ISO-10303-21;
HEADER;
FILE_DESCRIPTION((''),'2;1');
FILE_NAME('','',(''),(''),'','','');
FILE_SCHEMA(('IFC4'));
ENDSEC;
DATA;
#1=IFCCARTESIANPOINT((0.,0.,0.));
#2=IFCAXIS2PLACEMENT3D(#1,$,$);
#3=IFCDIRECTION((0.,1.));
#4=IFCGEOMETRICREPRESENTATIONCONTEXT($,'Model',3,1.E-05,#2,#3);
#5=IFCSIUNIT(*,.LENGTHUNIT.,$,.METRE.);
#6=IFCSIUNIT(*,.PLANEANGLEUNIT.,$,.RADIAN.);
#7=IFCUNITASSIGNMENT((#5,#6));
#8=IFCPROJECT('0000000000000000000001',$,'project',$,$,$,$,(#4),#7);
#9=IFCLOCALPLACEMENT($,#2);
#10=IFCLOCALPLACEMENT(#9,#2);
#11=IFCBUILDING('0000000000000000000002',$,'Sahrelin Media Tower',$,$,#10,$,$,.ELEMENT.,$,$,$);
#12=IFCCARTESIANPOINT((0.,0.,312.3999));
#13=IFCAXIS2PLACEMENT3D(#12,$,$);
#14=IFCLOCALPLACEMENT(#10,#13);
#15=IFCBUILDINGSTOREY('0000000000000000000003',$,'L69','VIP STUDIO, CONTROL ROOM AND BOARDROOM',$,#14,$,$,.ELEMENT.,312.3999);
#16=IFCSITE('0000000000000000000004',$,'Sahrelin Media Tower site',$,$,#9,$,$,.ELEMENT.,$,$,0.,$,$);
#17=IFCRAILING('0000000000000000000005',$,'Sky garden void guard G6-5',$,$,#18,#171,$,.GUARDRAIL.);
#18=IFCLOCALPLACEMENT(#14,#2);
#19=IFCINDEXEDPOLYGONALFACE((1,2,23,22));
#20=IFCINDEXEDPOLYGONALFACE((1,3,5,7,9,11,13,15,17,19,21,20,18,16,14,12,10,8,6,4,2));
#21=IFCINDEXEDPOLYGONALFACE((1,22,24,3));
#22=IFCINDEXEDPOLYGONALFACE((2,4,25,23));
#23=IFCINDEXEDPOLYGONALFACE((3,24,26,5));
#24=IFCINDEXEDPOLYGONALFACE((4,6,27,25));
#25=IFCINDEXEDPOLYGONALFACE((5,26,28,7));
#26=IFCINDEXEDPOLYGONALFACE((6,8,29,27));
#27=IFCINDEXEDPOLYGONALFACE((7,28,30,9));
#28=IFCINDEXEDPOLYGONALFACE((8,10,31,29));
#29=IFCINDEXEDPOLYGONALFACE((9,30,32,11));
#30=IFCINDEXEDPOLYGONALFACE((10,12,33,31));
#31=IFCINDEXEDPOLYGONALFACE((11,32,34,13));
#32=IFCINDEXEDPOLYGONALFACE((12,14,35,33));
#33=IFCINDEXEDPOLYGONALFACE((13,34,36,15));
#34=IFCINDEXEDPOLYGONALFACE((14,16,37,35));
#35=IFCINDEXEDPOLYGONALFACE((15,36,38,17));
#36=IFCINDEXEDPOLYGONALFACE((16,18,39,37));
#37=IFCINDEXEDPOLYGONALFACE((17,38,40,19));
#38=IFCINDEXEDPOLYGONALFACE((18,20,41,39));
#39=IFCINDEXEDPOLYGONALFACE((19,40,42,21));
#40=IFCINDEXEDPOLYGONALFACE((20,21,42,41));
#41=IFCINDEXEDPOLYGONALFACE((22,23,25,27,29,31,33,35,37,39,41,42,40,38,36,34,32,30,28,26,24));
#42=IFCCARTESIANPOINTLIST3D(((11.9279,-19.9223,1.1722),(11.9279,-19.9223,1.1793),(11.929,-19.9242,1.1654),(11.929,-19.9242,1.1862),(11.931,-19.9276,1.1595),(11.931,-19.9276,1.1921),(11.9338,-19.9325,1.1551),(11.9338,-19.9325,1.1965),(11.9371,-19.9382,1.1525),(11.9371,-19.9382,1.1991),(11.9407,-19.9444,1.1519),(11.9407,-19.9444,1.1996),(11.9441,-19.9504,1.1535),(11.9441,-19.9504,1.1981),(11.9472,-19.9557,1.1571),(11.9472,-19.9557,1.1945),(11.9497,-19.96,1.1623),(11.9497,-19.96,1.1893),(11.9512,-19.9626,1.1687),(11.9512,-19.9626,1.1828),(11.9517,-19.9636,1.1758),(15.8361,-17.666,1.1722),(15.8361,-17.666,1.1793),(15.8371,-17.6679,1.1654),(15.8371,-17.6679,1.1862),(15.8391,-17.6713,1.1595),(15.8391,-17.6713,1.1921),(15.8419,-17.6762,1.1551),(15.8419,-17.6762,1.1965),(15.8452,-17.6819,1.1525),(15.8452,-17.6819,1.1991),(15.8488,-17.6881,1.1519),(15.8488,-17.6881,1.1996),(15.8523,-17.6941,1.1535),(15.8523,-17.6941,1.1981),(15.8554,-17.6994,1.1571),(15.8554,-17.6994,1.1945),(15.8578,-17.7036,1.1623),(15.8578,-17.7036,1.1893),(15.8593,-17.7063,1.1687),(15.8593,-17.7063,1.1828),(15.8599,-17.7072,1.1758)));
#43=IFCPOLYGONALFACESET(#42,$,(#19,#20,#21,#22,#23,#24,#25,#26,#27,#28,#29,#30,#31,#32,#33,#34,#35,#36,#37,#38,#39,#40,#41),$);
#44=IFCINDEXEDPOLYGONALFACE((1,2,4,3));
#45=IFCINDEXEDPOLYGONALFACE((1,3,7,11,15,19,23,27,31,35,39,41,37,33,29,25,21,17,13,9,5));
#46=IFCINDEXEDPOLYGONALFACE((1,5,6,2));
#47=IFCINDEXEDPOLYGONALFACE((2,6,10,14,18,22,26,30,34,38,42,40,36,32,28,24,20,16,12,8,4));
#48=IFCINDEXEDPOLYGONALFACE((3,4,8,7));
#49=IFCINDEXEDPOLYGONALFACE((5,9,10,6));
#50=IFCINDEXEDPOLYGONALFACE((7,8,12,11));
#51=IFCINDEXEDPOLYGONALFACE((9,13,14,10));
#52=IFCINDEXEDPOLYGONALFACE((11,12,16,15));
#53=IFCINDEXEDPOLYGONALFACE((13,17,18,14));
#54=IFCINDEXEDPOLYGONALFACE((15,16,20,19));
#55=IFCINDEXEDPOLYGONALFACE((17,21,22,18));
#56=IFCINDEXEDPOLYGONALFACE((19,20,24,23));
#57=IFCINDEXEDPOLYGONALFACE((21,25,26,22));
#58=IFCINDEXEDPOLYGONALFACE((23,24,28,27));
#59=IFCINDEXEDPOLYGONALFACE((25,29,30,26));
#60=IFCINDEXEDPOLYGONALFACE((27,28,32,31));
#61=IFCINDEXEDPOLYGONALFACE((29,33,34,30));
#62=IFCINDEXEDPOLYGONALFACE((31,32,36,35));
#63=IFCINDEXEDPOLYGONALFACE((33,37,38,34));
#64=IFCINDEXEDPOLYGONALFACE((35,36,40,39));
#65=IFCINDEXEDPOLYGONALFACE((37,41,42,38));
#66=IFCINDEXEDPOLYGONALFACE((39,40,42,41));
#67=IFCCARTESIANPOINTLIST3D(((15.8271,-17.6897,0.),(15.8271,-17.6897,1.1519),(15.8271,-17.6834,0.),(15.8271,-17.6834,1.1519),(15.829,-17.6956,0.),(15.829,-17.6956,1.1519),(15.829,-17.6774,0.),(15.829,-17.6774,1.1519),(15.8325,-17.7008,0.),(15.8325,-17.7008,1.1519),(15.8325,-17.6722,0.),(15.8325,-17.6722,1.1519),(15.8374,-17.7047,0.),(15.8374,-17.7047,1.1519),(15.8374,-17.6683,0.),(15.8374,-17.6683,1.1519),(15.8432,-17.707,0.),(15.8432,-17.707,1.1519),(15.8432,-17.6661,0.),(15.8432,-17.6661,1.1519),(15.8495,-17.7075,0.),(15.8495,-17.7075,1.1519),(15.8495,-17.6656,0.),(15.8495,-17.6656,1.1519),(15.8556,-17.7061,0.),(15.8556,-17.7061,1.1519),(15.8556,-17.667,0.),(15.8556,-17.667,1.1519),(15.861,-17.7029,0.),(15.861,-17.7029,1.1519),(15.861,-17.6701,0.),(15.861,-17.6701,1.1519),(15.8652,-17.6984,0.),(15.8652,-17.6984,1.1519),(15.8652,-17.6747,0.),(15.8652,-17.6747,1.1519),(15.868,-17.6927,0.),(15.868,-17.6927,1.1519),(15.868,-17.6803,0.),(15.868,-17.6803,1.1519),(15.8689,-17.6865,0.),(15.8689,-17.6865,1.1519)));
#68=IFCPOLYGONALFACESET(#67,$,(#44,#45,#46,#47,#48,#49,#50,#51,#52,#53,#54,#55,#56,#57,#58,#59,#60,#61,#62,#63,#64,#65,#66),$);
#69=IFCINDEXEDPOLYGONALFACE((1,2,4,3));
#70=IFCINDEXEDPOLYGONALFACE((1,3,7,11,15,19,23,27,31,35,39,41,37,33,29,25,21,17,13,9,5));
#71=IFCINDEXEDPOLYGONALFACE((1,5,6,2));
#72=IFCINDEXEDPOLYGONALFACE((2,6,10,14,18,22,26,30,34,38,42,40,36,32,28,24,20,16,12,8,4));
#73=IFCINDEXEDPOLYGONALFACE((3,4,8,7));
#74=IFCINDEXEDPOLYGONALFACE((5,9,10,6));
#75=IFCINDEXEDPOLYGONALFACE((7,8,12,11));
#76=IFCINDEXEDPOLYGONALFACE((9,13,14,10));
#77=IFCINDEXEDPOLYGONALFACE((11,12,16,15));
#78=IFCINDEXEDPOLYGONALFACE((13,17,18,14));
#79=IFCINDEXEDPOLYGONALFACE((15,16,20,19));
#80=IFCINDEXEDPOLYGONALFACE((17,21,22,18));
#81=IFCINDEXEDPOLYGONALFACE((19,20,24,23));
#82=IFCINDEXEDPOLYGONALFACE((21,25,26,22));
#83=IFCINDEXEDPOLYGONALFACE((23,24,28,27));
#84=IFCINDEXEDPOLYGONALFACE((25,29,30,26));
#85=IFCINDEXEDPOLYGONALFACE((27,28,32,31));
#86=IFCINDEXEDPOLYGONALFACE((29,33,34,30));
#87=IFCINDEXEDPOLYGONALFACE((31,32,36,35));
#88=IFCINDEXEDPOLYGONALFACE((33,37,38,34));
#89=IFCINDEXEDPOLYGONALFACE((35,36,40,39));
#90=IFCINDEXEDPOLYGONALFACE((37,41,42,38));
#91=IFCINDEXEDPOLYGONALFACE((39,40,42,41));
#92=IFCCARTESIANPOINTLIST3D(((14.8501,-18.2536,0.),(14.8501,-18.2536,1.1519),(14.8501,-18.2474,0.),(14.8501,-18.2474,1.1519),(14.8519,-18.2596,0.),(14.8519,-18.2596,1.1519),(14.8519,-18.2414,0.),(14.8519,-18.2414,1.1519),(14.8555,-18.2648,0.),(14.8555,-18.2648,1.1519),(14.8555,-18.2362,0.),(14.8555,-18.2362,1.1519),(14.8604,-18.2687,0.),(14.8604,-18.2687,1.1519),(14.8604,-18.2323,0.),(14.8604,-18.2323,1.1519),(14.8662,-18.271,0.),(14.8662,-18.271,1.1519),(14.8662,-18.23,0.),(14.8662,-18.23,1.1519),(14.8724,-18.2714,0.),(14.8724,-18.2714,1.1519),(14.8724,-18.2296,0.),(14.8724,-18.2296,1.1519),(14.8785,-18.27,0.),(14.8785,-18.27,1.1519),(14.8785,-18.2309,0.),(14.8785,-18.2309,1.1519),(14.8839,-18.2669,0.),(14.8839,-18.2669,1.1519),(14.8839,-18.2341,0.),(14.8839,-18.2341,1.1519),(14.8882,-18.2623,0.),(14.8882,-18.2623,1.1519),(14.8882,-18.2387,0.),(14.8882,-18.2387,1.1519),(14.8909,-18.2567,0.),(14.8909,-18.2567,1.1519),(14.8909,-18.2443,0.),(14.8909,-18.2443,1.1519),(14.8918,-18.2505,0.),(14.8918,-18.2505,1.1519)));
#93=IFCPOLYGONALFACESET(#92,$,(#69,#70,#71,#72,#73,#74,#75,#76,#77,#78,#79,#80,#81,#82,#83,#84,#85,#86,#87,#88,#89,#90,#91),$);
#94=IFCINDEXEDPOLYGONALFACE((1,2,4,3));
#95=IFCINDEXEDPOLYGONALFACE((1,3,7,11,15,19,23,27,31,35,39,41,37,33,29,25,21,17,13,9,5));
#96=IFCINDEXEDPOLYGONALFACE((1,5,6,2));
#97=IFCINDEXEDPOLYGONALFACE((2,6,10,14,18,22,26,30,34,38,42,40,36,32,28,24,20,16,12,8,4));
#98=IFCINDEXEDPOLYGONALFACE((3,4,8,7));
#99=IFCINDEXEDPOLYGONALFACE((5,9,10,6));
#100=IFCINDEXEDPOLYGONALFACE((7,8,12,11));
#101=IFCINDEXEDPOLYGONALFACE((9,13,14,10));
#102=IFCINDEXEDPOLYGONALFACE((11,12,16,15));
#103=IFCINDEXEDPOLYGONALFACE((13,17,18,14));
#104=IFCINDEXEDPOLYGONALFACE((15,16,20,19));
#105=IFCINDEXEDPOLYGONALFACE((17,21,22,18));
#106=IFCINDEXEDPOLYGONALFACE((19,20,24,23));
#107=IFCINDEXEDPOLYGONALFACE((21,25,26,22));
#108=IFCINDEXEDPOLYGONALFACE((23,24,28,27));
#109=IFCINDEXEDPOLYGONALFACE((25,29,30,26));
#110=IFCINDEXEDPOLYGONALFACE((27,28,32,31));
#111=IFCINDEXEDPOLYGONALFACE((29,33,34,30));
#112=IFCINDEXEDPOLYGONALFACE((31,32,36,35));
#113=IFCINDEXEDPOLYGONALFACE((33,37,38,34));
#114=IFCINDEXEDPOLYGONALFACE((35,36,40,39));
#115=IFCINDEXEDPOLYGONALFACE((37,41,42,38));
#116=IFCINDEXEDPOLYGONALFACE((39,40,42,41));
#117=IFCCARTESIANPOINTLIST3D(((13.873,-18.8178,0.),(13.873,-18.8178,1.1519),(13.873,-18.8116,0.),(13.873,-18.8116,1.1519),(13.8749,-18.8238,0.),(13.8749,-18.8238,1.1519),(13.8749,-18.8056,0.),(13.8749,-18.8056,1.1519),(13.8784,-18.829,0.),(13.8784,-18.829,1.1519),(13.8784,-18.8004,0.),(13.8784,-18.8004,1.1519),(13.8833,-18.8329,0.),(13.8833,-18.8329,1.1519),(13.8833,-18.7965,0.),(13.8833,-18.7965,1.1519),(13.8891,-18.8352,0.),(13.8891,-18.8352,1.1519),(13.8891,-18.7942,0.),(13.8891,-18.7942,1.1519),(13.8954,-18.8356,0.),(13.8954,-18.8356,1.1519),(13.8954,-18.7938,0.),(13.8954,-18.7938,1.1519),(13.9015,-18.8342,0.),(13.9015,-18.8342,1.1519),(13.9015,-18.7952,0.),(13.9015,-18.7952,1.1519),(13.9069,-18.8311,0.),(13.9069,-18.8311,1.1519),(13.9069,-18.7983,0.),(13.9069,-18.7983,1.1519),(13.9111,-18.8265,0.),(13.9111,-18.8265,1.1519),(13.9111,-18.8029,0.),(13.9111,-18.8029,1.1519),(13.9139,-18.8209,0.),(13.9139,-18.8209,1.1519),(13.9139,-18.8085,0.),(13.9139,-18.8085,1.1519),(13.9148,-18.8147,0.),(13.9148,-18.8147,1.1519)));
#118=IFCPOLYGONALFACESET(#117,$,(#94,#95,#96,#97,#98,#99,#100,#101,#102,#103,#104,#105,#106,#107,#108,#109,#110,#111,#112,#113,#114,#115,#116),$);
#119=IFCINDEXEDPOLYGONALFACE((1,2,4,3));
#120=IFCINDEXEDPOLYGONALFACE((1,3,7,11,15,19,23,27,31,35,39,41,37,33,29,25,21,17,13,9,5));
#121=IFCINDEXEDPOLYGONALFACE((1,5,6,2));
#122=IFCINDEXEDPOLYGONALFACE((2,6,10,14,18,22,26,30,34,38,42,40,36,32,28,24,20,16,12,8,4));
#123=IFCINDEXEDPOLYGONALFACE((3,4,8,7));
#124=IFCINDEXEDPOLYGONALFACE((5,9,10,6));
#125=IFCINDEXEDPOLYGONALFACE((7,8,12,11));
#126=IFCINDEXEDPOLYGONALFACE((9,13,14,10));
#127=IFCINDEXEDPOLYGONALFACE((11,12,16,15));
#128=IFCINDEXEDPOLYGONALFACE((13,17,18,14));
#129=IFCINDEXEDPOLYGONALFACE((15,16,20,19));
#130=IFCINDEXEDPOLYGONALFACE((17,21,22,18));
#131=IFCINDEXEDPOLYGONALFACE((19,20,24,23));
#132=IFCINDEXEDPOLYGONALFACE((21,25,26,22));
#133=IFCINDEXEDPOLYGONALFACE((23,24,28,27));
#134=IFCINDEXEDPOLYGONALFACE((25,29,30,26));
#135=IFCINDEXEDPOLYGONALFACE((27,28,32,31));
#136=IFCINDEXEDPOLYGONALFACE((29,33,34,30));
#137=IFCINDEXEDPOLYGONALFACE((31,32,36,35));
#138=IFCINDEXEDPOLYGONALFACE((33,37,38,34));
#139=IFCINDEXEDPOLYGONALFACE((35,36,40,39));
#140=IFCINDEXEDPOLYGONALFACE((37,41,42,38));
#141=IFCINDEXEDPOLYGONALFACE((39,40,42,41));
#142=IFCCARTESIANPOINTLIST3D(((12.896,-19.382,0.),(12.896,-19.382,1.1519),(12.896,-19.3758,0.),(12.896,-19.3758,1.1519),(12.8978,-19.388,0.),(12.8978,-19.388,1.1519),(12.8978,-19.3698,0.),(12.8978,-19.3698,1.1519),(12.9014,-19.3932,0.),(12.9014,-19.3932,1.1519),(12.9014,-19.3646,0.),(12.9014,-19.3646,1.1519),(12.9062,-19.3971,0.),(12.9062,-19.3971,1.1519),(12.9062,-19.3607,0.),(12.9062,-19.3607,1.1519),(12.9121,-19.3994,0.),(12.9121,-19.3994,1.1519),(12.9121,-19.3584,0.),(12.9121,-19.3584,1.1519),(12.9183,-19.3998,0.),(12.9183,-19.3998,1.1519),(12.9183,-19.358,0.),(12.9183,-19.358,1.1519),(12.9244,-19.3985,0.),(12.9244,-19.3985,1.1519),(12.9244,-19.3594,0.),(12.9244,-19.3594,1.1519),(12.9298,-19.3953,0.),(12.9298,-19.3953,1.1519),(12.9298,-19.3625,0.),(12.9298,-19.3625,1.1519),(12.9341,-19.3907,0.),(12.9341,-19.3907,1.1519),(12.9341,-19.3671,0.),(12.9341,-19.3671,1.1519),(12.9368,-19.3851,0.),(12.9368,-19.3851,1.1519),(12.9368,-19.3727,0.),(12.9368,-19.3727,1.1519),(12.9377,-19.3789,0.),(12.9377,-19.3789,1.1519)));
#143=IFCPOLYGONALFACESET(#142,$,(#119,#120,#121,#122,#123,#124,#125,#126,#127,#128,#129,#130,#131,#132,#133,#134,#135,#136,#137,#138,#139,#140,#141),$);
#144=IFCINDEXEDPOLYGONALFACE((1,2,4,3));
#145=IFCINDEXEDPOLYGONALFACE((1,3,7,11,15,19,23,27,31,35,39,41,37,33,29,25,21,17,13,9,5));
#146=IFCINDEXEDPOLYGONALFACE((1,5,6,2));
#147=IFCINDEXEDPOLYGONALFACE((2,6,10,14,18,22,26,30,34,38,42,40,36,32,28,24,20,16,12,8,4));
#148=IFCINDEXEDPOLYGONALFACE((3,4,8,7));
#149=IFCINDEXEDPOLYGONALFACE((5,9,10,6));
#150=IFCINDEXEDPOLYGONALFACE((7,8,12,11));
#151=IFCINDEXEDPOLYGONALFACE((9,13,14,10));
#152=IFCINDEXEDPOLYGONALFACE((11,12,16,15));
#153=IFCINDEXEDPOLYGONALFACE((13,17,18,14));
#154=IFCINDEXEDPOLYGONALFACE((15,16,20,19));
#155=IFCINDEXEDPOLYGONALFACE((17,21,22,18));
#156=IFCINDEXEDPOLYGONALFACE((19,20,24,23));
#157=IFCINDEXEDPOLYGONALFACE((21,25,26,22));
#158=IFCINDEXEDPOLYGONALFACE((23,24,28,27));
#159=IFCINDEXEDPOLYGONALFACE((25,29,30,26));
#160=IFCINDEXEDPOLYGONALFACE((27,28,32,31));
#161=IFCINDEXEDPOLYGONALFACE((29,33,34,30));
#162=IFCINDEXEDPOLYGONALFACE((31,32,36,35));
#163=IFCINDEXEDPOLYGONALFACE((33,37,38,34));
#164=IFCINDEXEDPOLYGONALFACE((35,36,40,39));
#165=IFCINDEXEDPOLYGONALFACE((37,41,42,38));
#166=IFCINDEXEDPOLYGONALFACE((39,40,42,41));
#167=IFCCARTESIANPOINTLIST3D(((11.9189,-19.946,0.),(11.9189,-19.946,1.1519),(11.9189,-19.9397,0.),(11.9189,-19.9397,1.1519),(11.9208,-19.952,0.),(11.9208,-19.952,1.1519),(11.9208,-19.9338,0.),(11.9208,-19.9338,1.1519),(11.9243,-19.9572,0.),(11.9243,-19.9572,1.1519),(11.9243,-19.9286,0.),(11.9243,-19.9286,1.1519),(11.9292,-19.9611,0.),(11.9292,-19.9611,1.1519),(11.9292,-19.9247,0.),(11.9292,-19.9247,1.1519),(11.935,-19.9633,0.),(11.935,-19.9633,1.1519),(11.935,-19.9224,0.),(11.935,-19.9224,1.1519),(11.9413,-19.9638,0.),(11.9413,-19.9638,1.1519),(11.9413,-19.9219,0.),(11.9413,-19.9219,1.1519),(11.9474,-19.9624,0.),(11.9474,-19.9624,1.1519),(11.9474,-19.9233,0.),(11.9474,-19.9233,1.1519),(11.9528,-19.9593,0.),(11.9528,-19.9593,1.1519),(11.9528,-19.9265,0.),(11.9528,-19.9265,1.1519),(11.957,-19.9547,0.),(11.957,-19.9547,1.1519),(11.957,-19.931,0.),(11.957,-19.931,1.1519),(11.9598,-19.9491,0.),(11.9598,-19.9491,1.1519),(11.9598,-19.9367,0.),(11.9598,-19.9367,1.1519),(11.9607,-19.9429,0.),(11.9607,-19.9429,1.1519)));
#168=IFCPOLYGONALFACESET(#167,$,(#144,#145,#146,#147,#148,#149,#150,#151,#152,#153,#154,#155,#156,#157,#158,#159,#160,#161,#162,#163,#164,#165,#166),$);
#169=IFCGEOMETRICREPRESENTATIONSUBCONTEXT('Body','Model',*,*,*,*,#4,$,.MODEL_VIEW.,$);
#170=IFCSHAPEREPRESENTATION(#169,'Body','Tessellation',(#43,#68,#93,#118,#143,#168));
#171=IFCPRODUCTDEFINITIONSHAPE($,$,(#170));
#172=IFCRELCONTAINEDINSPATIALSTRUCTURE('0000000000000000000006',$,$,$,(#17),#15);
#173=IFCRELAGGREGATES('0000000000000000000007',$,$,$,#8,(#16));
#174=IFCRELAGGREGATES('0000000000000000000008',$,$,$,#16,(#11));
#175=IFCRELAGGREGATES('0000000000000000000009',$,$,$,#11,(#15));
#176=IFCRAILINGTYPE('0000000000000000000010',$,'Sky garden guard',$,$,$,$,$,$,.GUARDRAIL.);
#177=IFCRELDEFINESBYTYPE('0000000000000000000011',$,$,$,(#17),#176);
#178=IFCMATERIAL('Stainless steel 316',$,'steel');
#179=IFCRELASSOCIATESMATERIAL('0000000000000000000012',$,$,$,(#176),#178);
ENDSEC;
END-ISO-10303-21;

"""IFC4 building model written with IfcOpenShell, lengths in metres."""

from ifc_helpers import new_model, si_unit, direction, frame, origin, origin_2d, place, context, subcontext, project, spatial, circle, extrude, material, type_object, element, save


model = new_model("IFC4")

# Units and contexts
model_context = context("Model", 3, precision=1e-05, world=origin(), true_north=direction((0.0, 1.0)))
body_context = subcontext(model_context, "Body", "Model", "MODEL_VIEW")
ifc_project = project(units=[si_unit("LENGTHUNIT", "METRE"), si_unit("PLANEANGLEUNIT", "RADIAN")], contexts=[model_context])

# Site, building, storey
site_placement = place(None, origin())
site = spatial("IfcSite", under=ifc_project, at=site_placement, Name="Sahrelin Media Tower site", CompositionType="ELEMENT", RefElevation=0.0)
building_placement = place(site_placement, origin())
building = spatial("IfcBuilding", under=site, at=building_placement, Name="Sahrelin Media Tower", CompositionType="ELEMENT")
storey_placement = place(building_placement, frame((0.0, 0.0, 312.3999)))
storey = spatial("IfcBuildingStorey", under=building, at=storey_placement, Name="L69", Description="VIP STUDIO, CONTROL ROOM AND BOARDROOM", CompositionType="ELEMENT", Elevation=312.3999)

# Railing
ifc_material_1 = material(Name="Stainless steel 316", Category="steel")
railing_type_1 = type_object("IfcRailingType", Name="Sky garden guard", PredefinedType="GUARDRAIL", material=ifc_material_1)
railing_1_placement = place(storey_placement, frame((15.8479, -17.6865, 0.0)))
element("IfcRailing", 1, at=railing_1_placement, inside=storey, type_object=railing_type_1, Name="Sky garden void guard G6-5", PredefinedType="GUARDRAIL", context=body_context, shape_type="SweptSolid", body=[
    extrude(circle(Radius=0.0239, at=origin_2d()), frame((0.0, 0.0, 1.1758), z_axis=(-0.866031, -0.499991, 0.0), x_axis=(0.499991, -0.866031, 0.0)), (0.0, 0.0, 1.0), 4.5127),
    extrude(circle(Radius=0.021, at=origin_2d()), origin(), (0.0, 0.0, 1.0), 1.1519),
    extrude(circle(Radius=0.021, at=origin_2d()), frame((-0.9771, -0.564, 0.0)), (0.0, 0.0, 1.0), 1.1519),
    extrude(circle(Radius=0.021, at=origin_2d()), frame((-1.9541, -1.1282, 0.0)), (0.0, 0.0, 1.0), 1.1519),
    extrude(circle(Radius=0.021, at=origin_2d()), frame((-2.9312, -1.6924, 0.0)), (0.0, 0.0, 1.0), 1.1519),
    extrude(circle(Radius=0.021, at=origin_2d()), frame((-3.9082, -2.2563, 0.0)), (0.0, 0.0, 1.0), 1.1519),
])

save(model, "model.ifc")
